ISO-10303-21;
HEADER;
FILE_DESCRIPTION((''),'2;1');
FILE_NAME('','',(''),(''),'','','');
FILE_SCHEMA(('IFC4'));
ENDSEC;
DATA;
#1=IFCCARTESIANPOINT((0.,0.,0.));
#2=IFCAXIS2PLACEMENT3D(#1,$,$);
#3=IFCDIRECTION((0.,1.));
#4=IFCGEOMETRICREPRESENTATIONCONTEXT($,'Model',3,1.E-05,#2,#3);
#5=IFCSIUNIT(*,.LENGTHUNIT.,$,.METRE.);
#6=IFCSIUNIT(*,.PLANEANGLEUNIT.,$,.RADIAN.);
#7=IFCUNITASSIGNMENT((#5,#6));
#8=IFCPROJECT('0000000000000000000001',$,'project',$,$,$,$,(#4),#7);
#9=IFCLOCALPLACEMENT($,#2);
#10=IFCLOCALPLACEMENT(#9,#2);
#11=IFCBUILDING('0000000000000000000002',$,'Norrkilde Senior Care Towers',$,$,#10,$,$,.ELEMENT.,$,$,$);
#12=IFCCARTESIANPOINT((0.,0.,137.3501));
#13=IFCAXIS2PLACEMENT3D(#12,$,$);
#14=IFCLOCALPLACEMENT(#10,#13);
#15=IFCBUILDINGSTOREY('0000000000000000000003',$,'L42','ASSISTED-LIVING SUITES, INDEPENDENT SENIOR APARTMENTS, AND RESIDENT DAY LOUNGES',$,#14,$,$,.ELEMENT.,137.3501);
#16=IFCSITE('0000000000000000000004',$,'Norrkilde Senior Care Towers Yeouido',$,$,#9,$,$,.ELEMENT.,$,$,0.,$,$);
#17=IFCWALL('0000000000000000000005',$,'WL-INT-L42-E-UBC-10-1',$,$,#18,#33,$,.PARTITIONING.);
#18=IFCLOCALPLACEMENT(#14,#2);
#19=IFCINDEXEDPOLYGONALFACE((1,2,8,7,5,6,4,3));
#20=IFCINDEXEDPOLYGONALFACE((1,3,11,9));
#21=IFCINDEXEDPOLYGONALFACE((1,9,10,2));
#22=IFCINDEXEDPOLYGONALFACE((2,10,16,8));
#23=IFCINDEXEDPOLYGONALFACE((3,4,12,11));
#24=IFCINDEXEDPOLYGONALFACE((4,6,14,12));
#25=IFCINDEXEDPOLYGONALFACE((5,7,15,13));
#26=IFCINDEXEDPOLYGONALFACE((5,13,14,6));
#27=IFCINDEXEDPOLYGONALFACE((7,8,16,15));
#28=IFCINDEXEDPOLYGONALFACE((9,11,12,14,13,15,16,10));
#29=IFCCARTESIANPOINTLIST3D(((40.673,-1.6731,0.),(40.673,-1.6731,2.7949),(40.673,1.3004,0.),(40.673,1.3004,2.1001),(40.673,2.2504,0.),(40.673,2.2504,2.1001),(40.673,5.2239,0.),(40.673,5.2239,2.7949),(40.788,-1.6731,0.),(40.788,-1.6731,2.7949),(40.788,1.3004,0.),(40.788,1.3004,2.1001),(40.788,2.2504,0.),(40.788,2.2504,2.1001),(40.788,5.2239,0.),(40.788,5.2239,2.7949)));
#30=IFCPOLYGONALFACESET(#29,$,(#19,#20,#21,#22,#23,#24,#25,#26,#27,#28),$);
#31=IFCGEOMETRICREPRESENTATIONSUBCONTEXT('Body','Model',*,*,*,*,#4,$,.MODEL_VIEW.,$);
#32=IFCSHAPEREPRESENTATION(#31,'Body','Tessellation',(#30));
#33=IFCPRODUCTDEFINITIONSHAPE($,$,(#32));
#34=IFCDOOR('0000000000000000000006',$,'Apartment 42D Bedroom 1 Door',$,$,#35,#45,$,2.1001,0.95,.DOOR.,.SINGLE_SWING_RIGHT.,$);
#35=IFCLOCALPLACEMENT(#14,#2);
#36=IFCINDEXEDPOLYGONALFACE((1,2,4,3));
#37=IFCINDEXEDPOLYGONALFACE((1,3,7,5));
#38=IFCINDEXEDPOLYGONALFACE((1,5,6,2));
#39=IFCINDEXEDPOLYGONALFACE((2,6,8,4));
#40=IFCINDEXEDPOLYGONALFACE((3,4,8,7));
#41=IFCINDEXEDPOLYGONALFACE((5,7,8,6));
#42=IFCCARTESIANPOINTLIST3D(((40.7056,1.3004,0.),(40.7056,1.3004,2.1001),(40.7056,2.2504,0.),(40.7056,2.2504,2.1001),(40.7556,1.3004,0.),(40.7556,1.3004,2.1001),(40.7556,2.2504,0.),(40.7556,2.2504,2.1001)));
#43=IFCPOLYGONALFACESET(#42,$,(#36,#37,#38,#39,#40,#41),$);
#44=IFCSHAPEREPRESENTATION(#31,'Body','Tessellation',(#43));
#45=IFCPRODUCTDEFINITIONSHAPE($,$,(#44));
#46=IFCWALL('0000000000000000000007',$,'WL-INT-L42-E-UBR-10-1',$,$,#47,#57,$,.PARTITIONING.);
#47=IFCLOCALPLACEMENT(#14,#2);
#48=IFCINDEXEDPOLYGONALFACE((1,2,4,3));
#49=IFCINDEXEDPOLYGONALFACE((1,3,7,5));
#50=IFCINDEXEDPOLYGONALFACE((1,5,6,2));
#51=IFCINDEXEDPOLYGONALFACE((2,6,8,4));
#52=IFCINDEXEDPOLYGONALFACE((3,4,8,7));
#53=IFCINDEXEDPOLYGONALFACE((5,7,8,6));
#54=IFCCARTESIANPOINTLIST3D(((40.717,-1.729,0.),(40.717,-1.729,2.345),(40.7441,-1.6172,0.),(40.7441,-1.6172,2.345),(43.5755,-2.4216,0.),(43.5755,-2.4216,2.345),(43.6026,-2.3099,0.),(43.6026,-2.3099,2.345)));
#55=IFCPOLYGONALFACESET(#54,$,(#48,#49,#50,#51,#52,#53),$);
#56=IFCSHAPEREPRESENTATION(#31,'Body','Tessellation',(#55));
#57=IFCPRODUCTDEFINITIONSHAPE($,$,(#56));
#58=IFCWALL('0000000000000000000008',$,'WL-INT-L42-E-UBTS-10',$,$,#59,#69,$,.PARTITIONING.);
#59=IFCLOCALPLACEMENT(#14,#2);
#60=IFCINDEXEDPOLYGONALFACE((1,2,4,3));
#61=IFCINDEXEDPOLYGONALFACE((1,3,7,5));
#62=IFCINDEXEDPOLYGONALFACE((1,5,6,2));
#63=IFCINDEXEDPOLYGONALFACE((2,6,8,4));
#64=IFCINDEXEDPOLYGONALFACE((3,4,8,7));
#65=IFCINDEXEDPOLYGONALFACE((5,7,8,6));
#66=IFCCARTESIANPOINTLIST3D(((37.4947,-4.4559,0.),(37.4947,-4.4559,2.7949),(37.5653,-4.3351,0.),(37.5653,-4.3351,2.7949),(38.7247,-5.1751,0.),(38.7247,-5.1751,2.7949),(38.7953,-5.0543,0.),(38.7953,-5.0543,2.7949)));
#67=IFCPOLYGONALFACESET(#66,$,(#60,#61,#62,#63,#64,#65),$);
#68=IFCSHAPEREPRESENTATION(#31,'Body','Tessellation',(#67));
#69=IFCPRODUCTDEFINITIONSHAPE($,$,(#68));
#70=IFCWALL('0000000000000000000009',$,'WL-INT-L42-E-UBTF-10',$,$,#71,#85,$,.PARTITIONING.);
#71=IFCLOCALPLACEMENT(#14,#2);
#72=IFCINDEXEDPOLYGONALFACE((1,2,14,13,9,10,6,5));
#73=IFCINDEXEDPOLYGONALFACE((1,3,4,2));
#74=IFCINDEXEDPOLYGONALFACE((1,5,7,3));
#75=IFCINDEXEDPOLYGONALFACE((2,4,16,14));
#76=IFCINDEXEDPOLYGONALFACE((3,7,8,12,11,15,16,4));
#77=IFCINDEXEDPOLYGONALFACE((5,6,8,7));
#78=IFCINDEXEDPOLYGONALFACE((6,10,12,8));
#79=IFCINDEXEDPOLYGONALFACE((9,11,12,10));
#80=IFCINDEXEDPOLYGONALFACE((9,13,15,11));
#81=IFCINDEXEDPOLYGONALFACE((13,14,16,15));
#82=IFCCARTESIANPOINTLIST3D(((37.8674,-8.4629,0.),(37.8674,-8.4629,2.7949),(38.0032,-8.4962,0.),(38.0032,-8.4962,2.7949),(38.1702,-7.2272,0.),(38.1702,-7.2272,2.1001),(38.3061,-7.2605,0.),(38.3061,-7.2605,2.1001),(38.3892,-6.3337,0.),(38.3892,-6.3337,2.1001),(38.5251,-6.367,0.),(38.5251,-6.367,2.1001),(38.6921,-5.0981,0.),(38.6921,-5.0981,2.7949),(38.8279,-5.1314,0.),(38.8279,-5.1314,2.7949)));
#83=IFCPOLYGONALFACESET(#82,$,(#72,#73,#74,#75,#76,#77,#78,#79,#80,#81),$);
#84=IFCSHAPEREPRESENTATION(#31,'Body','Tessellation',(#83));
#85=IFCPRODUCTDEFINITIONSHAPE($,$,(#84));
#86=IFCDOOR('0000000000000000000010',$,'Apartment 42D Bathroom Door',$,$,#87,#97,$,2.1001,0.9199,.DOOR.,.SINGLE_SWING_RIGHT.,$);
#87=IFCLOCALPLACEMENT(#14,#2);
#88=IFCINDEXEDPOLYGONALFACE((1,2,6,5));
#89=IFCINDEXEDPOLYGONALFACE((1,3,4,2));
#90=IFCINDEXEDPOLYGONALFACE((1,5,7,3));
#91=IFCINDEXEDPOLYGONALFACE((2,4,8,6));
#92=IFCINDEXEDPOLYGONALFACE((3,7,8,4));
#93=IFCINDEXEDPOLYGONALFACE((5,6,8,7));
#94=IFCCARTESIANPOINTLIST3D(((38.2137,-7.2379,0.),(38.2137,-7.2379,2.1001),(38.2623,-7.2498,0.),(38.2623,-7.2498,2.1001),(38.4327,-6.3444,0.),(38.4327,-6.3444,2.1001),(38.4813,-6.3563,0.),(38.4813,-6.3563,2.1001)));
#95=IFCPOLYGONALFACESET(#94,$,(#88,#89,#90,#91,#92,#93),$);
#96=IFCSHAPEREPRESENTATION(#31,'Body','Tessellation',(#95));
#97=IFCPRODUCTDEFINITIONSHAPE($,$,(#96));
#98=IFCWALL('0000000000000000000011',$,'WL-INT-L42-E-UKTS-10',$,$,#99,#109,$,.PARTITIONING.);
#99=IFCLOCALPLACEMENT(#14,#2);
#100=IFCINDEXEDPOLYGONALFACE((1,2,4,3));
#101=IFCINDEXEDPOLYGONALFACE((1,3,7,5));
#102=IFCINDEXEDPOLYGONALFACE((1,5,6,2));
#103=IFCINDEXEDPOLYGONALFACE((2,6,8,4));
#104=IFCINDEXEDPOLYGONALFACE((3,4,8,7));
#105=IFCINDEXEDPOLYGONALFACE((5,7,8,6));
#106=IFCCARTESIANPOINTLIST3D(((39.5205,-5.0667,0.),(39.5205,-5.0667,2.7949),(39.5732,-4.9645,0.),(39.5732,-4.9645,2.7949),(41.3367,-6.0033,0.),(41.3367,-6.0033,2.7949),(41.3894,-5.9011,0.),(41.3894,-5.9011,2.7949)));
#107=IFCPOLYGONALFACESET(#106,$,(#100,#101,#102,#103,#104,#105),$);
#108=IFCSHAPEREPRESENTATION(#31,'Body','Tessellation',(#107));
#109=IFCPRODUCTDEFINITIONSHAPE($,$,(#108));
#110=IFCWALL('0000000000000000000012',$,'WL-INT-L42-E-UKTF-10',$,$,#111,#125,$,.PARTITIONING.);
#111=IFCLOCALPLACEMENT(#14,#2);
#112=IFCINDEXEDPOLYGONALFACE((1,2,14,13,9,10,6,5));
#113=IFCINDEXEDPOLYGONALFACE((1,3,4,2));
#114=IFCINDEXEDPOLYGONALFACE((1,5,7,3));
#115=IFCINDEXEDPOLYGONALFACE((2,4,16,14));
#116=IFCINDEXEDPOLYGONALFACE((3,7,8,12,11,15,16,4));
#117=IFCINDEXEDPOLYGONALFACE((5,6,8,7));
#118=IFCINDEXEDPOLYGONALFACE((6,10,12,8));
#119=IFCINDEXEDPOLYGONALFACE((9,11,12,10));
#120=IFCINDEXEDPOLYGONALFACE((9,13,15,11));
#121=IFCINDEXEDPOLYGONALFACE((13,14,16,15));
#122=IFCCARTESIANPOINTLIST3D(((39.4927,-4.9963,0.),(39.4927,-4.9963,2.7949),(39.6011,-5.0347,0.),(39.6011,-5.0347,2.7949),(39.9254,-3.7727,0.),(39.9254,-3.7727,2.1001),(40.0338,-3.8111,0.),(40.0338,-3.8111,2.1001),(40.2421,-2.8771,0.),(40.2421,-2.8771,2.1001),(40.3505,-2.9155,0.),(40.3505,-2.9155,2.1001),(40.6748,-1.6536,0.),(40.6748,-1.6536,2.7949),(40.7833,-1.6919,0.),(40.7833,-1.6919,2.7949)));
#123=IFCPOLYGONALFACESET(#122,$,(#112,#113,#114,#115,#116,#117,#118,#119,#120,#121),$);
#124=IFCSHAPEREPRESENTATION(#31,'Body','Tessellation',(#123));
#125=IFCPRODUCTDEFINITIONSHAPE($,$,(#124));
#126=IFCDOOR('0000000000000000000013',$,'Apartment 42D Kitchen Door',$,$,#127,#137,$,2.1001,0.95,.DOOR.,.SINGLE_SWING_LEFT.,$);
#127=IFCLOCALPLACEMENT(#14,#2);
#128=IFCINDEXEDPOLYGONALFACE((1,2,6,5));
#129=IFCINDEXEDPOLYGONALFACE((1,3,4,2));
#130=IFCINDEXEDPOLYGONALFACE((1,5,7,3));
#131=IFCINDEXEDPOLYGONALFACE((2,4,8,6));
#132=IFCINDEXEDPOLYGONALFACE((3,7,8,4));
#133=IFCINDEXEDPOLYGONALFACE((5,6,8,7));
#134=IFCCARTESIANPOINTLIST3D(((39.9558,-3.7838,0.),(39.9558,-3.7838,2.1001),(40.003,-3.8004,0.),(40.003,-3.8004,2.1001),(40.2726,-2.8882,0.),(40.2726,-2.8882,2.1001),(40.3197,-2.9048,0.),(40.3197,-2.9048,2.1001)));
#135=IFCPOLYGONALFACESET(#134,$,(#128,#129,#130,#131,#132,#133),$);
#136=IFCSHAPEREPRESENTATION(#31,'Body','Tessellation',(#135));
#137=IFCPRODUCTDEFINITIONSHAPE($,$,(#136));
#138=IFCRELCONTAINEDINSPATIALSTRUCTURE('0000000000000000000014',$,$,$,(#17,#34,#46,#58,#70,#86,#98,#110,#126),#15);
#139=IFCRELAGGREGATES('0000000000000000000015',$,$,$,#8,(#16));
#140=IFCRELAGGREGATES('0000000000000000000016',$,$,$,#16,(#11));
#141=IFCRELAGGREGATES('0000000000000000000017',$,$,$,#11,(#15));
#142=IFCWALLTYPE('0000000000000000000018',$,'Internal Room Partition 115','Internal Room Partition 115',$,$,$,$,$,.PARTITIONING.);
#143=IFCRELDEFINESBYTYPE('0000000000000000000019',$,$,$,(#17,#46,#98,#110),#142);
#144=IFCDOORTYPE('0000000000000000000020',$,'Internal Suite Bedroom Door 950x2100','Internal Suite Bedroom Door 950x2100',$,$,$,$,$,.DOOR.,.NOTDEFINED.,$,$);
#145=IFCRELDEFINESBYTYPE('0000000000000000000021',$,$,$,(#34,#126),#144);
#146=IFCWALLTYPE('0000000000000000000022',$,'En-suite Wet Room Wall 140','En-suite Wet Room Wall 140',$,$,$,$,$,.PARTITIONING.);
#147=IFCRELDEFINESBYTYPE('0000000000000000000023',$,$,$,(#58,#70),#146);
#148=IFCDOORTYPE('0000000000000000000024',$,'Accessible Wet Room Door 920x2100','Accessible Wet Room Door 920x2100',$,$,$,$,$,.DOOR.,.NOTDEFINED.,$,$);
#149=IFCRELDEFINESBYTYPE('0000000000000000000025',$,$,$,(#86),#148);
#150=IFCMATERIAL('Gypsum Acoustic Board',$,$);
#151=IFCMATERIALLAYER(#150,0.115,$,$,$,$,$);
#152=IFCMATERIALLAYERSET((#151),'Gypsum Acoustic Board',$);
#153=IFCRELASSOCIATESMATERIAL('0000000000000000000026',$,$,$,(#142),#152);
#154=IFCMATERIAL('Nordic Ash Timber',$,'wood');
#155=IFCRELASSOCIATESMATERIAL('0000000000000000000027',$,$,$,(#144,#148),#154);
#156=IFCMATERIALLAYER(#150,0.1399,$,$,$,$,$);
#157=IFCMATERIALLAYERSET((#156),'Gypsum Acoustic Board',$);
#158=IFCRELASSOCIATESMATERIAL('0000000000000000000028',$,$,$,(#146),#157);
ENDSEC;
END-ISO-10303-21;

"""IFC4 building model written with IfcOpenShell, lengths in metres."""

from ifc_helpers import new_model, si_unit, direction, frame, frame_2d, origin, place, context, subcontext, project, spatial, rectangle, extrude, source, transform, mapped, material, layer, layer_set, type_object, type_shapes, element, fill, save


model = new_model("IFC4")

# Units and contexts
model_context = context("Model", 3, precision=1e-05, world=origin(), true_north=direction((0.0, 1.0)))
body_context = subcontext(model_context, "Body", "Model", "MODEL_VIEW")
ifc_project = project(units=[si_unit("LENGTHUNIT", "METRE"), si_unit("PLANEANGLEUNIT", "RADIAN")], contexts=[model_context])

# Site, building, storey
site_placement = place(None, origin())
site = spatial("IfcSite", under=ifc_project, at=site_placement, Name="Norrkilde Senior Care Towers Yeouido", CompositionType="ELEMENT", RefElevation=0.0)
building_placement = place(site_placement, origin())
building = spatial("IfcBuilding", under=site, at=building_placement, Name="Norrkilde Senior Care Towers", CompositionType="ELEMENT")
storey_placement = place(building_placement, frame((0.0, 0.0, 137.3501)))
storey = spatial("IfcBuildingStorey", under=building, at=storey_placement, Name="L42", Description="ASSISTED-LIVING SUITES, INDEPENDENT SENIOR APARTMENTS, AND RESIDENT DAY LOUNGES", CompositionType="ELEMENT", Elevation=137.3501)

# Shared definitions
ifc_material_1 = material(Name="Gypsum Acoustic Board")
ifc_material_2 = material(Name="Nordic Ash Timber", Category="wood")

# Wall, opening, door
ifc_layer_1 = layer(ifc_material_1, 0.115)
ifc_layer_set_1 = layer_set([ifc_layer_1], Name="Gypsum Acoustic Board")
wall_type_1 = type_object("IfcWallType", Name="Internal Room Partition 115", Description="Internal Room Partition 115", PredefinedType="PARTITIONING", material=ifc_layer_set_1)
shared_shape_1 = source(origin(), body_context, "Body", "SweptSolid", [
    extrude(rectangle(XDim=6.897, YDim=0.115, at=frame_2d((3.4485, 0.0))), origin(), (0.0, 0.0, 1.0), 2.7949),
])
wall_1_placement = place(storey_placement, frame((40.7305, -1.6731, 0.0), z_axis=(0.0, 0.0, 1.0), x_axis=(0.0, 1.0, 0.0)))
wall_1 = element("IfcWall", 1, at=wall_1_placement, inside=storey, type_object=wall_type_1, Name="WL-INT-L42-E-UBC-10-1", PredefinedType="PARTITIONING", context=body_context, shape_type="MappedRepresentation", body=[
    mapped(shared_shape_1, transform((0.0, 0.0, 0.0), x_axis=(1.0, 0.0, 0.0), y_axis=(0.0, 1.0, 0.0), z_axis=(0.0, 0.0, 1.0), scale=1.0)),
])
opening_1_placement = place(wall_1_placement, frame((2.9734, 0.0, 0.0)))
opening_1 = element("IfcOpeningElement", 2, at=opening_1_placement, cuts=wall_1, PredefinedType="OPENING", context=body_context, shape_type="SweptSolid", body=[
    extrude(rectangle(XDim=0.95, YDim=2.1001, at=frame_2d((0.4751, 1.05))), frame((0.0, 0.0674, 0.0), z_axis=(0.0, -1.0, 0.0), x_axis=(1.0, 0.0, 0.0)), (0.0, 0.0, 1.0), 0.135),
])
door_type_1 = type_object("IfcDoorType", Name="Internal Suite Bedroom Door 950x2100", Description="Internal Suite Bedroom Door 950x2100", OperationType="NOTDEFINED", PredefinedType="DOOR", material=ifc_material_2)
shared_shape_2 = source(origin(), body_context, "Body", "SweptSolid", [
    extrude(rectangle(XDim=0.95, YDim=2.1001, at=frame_2d((0.4751, 1.05))), frame((0.0, 0.0249, 0.0), z_axis=(0.0, -1.0, 0.0), x_axis=(1.0, 0.0, 0.0)), (0.0, 0.0, 1.0), 0.05),
])
type_shapes(door_type_1, [shared_shape_2])
door_1_placement = place(opening_1_placement, origin())
door_1 = element("IfcDoor", 3, at=door_1_placement, inside=storey, type_object=door_type_1, Name="Apartment 42D Bedroom 1 Door", OperationType="SINGLE_SWING_RIGHT", OverallHeight=2.1001, OverallWidth=0.95, PredefinedType="DOOR", context=body_context, shape_type="MappedRepresentation", body=[
    mapped(shared_shape_2, transform((0.0, 0.0, 0.0), x_axis=(1.0, 0.0, 0.0), y_axis=(0.0, 1.0, 0.0), z_axis=(0.0, 0.0, 1.0), scale=1.0)),
])
fill(opening_1, door_1)

# Walls
shared_shape_3 = source(origin(), body_context, "Body", "SweptSolid", [
    extrude(rectangle(XDim=2.9412, YDim=0.115, at=frame_2d((1.4707, 0.0))), origin(), (0.0, 0.0, 1.0), 2.345),
])
wall_2_placement = place(storey_placement, frame((40.7305, -1.6731, 0.0), z_axis=(0.0, 0.0, 1.0), x_axis=(0.971875, -0.235498, 0.0)))
element("IfcWall", 4, at=wall_2_placement, inside=storey, type_object=wall_type_1, Name="WL-INT-L42-E-UBR-10-1", PredefinedType="PARTITIONING", context=body_context, shape_type="MappedRepresentation", body=[
    mapped(shared_shape_3, transform((0.0, 0.0, 0.0), x_axis=(1.0, 0.0, 0.0), y_axis=(0.0, 1.0, 0.0), z_axis=(0.0, 0.0, 1.0), scale=1.0)),
])
ifc_layer_2 = layer(ifc_material_1, 0.1399)
ifc_layer_set_2 = layer_set([ifc_layer_2], Name="Gypsum Acoustic Board")
wall_type_2 = type_object("IfcWallType", Name="En-suite Wet Room Wall 140", Description="En-suite Wet Room Wall 140", PredefinedType="PARTITIONING", material=ifc_layer_set_2)
shared_shape_4 = source(origin(), body_context, "Body", "SweptSolid", [
    extrude(rectangle(XDim=1.4248, YDim=0.1399, at=frame_2d((0.7124, 0.0))), origin(), (0.0, 0.0, 1.0), 2.7949),
])
wall_3_placement = place(storey_placement, frame((37.53, -4.3955, 0.0), z_axis=(0.0, 0.0, 1.0), x_axis=(0.863244, -0.504787, 0.0)))
element("IfcWall", 5, at=wall_3_placement, inside=storey, type_object=wall_type_2, Name="WL-INT-L42-E-UBTS-10", PredefinedType="PARTITIONING", context=body_context, shape_type="MappedRepresentation", body=[
    mapped(shared_shape_4, transform((0.0, 0.0, 0.0), x_axis=(1.0, 0.0, 0.0), y_axis=(0.0, 1.0, 0.0), z_axis=(0.0, 0.0, 1.0), scale=1.0)),
])

# Wall, opening, door
shared_shape_5 = source(origin(), body_context, "Body", "SweptSolid", [
    extrude(rectangle(XDim=3.4644, YDim=0.1399, at=frame_2d((1.7322, 0.0))), origin(), (0.0, 0.0, 1.0), 2.7949),
])
type_shapes(wall_type_2, [shared_shape_4, shared_shape_5])
wall_4_placement = place(storey_placement, frame((38.76, -5.1147, 0.0), z_axis=(0.0, 0.0, 1.0), x_axis=(-0.238056, -0.971251, 0.0)))
wall_4 = element("IfcWall", 6, at=wall_4_placement, inside=storey, type_object=wall_type_2, Name="WL-INT-L42-E-UBTF-10", PredefinedType="PARTITIONING", context=body_context, shape_type="MappedRepresentation", body=[
    mapped(shared_shape_5, transform((0.0, 0.0, 0.0), x_axis=(1.0, 0.0, 0.0), y_axis=(0.0, 1.0, 0.0), z_axis=(0.0, 0.0, 1.0), scale=1.0)),
])
opening_2_placement = place(wall_4_placement, frame((1.2722, 0.0, 0.0)))
opening_2 = element("IfcOpeningElement", 7, at=opening_2_placement, cuts=wall_4, PredefinedType="OPENING", context=body_context, shape_type="SweptSolid", body=[
    extrude(rectangle(XDim=0.9199, YDim=2.1001, at=frame_2d((0.46, 1.05))), frame((0.0, 0.0798, 0.0), z_axis=(0.0, -1.0, 0.0), x_axis=(1.0, 0.0, 0.0)), (0.0, 0.0, 1.0), 0.1599),
])
door_type_2 = type_object("IfcDoorType", Name="Accessible Wet Room Door 920x2100", Description="Accessible Wet Room Door 920x2100", OperationType="NOTDEFINED", PredefinedType="DOOR", material=ifc_material_2)
shared_shape_6 = source(origin(), body_context, "Body", "SweptSolid", [
    extrude(rectangle(XDim=0.9199, YDim=2.1001, at=frame_2d((0.46, 1.05))), frame((0.0, 0.0249, 0.0), z_axis=(0.0, -1.0, 0.0), x_axis=(1.0, 0.0, 0.0)), (0.0, 0.0, 1.0), 0.05),
])
type_shapes(door_type_2, [shared_shape_6])
door_2_placement = place(opening_2_placement, origin())
door_2 = element("IfcDoor", 8, at=door_2_placement, inside=storey, type_object=door_type_2, Name="Apartment 42D Bathroom Door", OperationType="SINGLE_SWING_RIGHT", OverallHeight=2.1001, OverallWidth=0.9199, PredefinedType="DOOR", context=body_context, shape_type="MappedRepresentation", body=[
    mapped(shared_shape_6, transform((0.0, 0.0, 0.0), x_axis=(1.0, 0.0, 0.0), y_axis=(0.0, 1.0, 0.0), z_axis=(0.0, 0.0, 1.0), scale=1.0)),
])
fill(opening_2, door_2)

# Wall
shared_shape_7 = source(origin(), body_context, "Body", "SweptSolid", [
    extrude(rectangle(XDim=2.0435, YDim=0.115, at=frame_2d((1.0217, 0.0))), origin(), (0.0, 0.0, 1.0), 2.7949),
])
wall_5_placement = place(storey_placement, frame((39.5469, -5.0156, 0.0), z_axis=(0.0, 0.0, 1.0), x_axis=(0.88879, -0.458314, 0.0)))
element("IfcWall", 9, at=wall_5_placement, inside=storey, type_object=wall_type_1, Name="WL-INT-L42-E-UKTS-10", PredefinedType="PARTITIONING", context=body_context, shape_type="MappedRepresentation", body=[
    mapped(shared_shape_7, transform((0.0, 0.0, 0.0), x_axis=(1.0, 0.0, 0.0), y_axis=(0.0, 1.0, 0.0), z_axis=(0.0, 0.0, 1.0), scale=1.0)),
])

# Wall, opening, door
shared_shape_8 = source(origin(), body_context, "Body", "SweptSolid", [
    extrude(rectangle(XDim=3.5457, YDim=0.115, at=frame_2d((1.7729, 0.0))), origin(), (0.0, 0.0, 1.0), 2.7949),
])
type_shapes(wall_type_1, [shared_shape_1, shared_shape_3, shared_shape_7, shared_shape_8])
wall_6_placement = place(storey_placement, frame((39.5469, -5.0156, 0.0), z_axis=(0.0, 0.0, 1.0), x_axis=(0.333404, 0.942784, 0.0)))
wall_6 = element("IfcWall", 10, at=wall_6_placement, inside=storey, type_object=wall_type_1, Name="WL-INT-L42-E-UKTF-10", PredefinedType="PARTITIONING", context=body_context, shape_type="MappedRepresentation", body=[
    mapped(shared_shape_8, transform((0.0, 0.0, 0.0), x_axis=(1.0, 0.0, 0.0), y_axis=(0.0, 1.0, 0.0), z_axis=(0.0, 0.0, 1.0), scale=1.0)),
])
opening_3_placement = place(wall_6_placement, frame((1.2979, 0.0, 0.0)))
opening_3 = element("IfcOpeningElement", 11, at=opening_3_placement, cuts=wall_6, PredefinedType="OPENING", context=body_context, shape_type="SweptSolid", body=[
    extrude(rectangle(XDim=0.95, YDim=2.1001, at=frame_2d((0.4751, 1.05))), frame((0.0, 0.0674, 0.0), z_axis=(0.0, -1.0, 0.0), x_axis=(1.0, 0.0, 0.0)), (0.0, 0.0, 1.0), 0.135),
])
door_3_placement = place(opening_3_placement, frame((0.95, 0.0, 0.0), z_axis=(0.0, 0.0, 1.0), x_axis=(-1.0, 0.0, 0.0)))
door_3 = element("IfcDoor", 12, at=door_3_placement, inside=storey, type_object=door_type_1, Name="Apartment 42D Kitchen Door", OperationType="SINGLE_SWING_LEFT", OverallHeight=2.1001, OverallWidth=0.95, PredefinedType="DOOR", context=body_context, shape_type="MappedRepresentation", body=[
    mapped(shared_shape_2, transform((0.0, 0.0, 0.0), x_axis=(1.0, 0.0, 0.0), y_axis=(0.0, 1.0, 0.0), z_axis=(0.0, 0.0, 1.0), scale=1.0)),
])
fill(opening_3, door_3)

save(model, "model.ifc")
